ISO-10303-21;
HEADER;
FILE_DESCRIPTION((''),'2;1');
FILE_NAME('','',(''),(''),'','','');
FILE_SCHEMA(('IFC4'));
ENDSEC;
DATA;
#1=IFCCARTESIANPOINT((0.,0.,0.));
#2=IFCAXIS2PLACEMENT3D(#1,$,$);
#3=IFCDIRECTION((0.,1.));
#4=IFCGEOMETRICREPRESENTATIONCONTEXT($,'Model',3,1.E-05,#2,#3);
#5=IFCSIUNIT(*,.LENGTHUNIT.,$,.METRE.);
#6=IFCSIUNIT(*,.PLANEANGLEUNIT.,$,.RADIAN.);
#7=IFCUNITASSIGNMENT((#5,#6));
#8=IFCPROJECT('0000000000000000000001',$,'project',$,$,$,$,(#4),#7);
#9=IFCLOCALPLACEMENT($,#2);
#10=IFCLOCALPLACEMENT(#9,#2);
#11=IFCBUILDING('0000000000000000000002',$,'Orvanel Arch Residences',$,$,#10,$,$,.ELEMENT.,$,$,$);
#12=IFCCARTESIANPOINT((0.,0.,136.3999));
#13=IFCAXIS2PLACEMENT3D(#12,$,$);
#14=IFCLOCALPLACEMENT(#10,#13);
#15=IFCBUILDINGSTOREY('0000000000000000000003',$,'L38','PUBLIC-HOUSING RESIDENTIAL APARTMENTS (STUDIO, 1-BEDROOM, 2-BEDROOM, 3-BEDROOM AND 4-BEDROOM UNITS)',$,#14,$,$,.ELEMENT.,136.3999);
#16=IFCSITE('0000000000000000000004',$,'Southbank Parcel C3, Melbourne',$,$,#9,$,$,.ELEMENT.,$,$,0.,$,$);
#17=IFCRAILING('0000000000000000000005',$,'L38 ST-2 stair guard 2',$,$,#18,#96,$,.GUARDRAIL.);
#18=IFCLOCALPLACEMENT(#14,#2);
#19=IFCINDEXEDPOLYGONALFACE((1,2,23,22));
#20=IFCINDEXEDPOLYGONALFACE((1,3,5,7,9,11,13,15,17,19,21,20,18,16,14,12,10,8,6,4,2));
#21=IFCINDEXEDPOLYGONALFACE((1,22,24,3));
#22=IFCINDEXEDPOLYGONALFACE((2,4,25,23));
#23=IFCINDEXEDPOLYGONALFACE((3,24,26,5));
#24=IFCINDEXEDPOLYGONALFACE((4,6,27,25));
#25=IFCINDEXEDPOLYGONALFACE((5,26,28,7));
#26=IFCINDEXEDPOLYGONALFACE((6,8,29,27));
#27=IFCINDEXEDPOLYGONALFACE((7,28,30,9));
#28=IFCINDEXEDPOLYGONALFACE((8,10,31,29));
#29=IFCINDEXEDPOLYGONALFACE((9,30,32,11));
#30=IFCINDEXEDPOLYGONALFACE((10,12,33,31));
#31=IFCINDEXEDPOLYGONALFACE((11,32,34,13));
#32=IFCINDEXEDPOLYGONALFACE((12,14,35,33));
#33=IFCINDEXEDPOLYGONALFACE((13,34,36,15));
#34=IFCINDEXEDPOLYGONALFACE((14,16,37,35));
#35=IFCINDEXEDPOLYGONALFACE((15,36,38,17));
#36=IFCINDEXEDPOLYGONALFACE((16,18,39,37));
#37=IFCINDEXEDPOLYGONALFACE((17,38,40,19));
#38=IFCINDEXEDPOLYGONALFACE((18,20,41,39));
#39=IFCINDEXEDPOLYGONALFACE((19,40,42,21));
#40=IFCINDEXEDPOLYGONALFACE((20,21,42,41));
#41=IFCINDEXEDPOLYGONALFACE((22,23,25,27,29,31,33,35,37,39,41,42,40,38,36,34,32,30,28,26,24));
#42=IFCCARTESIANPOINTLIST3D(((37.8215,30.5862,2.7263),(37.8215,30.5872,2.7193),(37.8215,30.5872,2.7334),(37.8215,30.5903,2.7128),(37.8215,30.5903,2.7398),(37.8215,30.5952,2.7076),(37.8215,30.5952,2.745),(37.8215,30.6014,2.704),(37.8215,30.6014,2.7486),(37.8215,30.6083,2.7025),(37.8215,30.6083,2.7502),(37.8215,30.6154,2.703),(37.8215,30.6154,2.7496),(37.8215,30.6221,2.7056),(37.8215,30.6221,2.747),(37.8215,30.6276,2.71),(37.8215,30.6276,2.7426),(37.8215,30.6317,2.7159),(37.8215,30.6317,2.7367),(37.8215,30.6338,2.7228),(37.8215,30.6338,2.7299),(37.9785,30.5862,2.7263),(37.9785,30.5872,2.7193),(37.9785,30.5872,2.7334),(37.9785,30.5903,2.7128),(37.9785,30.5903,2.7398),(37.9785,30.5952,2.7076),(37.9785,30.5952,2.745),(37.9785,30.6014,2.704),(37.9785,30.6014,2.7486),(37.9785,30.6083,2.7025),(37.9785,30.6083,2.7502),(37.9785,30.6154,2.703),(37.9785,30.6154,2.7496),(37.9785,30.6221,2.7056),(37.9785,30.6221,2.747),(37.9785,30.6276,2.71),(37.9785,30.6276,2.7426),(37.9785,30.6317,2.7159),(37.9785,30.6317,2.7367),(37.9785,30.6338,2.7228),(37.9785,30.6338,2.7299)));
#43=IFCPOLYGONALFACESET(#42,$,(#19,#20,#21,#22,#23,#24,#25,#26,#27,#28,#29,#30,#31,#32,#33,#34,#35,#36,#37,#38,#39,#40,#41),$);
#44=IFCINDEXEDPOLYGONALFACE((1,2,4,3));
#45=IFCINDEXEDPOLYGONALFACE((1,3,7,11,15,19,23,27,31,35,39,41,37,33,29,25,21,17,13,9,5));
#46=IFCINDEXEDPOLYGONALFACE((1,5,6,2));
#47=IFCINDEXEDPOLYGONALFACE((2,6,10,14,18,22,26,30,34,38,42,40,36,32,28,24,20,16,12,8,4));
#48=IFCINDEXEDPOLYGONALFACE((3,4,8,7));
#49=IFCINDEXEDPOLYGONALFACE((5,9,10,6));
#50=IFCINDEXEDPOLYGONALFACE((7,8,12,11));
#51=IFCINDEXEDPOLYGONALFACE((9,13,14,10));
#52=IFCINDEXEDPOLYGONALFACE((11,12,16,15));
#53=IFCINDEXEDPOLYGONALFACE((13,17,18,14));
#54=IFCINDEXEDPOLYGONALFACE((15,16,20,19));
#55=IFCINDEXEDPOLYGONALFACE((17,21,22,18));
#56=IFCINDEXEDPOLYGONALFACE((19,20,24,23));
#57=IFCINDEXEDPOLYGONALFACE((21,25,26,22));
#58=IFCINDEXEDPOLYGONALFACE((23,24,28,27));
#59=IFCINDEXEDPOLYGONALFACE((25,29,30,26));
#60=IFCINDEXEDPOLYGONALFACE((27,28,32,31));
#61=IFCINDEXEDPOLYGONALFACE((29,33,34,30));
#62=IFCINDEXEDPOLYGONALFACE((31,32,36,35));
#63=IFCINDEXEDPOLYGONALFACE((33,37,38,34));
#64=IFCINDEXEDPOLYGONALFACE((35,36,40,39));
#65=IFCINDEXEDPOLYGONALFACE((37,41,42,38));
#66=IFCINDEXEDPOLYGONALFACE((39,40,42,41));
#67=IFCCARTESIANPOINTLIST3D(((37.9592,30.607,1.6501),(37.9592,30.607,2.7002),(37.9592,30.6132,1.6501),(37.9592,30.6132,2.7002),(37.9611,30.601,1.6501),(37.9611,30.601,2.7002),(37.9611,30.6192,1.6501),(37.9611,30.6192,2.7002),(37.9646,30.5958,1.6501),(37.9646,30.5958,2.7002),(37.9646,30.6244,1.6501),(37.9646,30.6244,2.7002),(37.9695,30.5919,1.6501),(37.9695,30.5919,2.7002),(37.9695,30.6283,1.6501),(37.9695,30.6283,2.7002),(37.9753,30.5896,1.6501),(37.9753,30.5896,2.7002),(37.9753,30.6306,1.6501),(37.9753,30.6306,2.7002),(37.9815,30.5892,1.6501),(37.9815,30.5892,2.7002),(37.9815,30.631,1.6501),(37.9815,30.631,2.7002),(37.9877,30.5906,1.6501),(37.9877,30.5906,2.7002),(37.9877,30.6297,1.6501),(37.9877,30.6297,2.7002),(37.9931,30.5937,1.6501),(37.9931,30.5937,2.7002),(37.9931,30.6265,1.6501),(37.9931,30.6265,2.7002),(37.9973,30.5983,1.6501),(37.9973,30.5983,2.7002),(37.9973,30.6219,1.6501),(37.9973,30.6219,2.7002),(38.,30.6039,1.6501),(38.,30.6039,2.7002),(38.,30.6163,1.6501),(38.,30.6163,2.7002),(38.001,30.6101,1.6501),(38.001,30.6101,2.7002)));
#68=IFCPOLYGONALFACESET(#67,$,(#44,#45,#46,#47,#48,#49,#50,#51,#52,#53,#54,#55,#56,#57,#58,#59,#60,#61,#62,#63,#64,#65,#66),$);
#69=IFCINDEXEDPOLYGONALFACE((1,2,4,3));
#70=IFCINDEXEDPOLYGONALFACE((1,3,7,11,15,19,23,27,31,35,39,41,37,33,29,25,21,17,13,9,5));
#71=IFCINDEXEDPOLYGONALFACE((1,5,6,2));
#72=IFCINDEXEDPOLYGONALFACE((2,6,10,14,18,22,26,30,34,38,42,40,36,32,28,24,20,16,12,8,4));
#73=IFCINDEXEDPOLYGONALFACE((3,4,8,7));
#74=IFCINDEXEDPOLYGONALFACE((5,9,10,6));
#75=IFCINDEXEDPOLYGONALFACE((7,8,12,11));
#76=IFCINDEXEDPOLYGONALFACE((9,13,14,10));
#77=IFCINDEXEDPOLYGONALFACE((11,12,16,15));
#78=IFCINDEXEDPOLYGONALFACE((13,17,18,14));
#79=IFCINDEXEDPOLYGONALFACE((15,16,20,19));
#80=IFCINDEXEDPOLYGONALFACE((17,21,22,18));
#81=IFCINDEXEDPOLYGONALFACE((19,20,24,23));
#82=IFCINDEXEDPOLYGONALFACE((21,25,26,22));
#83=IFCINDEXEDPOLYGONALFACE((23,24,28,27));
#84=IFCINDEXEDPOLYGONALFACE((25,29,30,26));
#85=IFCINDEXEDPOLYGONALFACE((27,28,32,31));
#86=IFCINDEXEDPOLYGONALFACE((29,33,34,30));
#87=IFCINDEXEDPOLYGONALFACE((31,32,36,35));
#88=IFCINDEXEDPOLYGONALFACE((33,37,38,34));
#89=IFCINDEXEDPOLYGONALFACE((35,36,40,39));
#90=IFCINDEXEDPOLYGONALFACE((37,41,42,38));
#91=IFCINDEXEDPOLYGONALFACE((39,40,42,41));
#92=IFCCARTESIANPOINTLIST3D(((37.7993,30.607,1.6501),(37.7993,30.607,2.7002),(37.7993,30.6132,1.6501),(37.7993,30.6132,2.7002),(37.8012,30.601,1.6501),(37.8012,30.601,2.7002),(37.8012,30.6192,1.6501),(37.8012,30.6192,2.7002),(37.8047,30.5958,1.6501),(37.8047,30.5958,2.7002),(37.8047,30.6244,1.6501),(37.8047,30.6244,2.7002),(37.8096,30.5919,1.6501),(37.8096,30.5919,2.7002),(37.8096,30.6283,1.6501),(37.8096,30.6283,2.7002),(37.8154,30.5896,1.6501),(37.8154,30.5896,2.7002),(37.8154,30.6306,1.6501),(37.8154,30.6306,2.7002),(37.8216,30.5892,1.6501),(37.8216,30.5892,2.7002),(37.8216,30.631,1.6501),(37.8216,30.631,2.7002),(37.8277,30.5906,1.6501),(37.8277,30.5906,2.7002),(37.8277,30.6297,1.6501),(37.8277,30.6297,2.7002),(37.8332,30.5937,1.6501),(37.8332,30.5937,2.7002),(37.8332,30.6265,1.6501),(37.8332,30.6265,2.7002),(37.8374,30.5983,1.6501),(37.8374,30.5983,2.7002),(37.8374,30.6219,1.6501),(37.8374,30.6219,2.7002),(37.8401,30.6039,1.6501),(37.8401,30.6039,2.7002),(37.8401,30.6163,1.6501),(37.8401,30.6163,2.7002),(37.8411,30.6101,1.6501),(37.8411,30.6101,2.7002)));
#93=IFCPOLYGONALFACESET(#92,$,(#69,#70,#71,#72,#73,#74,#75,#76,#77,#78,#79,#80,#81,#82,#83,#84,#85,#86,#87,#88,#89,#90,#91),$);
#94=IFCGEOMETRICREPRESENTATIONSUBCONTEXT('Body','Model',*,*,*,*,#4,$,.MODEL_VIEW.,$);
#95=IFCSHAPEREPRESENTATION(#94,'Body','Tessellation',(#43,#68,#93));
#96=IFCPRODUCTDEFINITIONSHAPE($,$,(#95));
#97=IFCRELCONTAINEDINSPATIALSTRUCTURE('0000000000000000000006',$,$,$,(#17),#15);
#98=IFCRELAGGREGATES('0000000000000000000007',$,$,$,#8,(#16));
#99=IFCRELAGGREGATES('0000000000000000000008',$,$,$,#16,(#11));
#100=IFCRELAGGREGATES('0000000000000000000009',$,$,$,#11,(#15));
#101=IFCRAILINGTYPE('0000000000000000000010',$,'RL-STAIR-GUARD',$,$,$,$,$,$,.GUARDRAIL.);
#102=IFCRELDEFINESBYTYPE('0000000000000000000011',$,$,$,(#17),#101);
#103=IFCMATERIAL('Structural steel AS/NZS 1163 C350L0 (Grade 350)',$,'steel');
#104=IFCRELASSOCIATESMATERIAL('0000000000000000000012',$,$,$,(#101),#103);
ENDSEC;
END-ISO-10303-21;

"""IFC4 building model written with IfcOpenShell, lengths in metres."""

from ifc_helpers import new_model, si_unit, direction, frame, origin, origin_2d, place, context, subcontext, project, spatial, circle, extrude, material, type_object, element, save


model = new_model("IFC4")

# Units and contexts
model_context = context("Model", 3, precision=1e-05, world=origin(), true_north=direction((0.0, 1.0)))
body_context = subcontext(model_context, "Body", "Model", "MODEL_VIEW")
ifc_project = project(units=[si_unit("LENGTHUNIT", "METRE"), si_unit("PLANEANGLEUNIT", "RADIAN")], contexts=[model_context])

# Site, building, storey
site_placement = place(None, origin())
site = spatial("IfcSite", under=ifc_project, at=site_placement, Name="Southbank Parcel C3, Melbourne", CompositionType="ELEMENT", RefElevation=0.0)
building_placement = place(site_placement, origin())
building = spatial("IfcBuilding", under=site, at=building_placement, Name="Orvanel Arch Residences", CompositionType="ELEMENT")
storey_placement = place(building_placement, frame((0.0, 0.0, 136.3999)))
storey = spatial("IfcBuildingStorey", under=building, at=storey_placement, Name="L38", Description="PUBLIC-HOUSING RESIDENTIAL APARTMENTS (STUDIO, 1-BEDROOM, 2-BEDROOM, 3-BEDROOM AND 4-BEDROOM UNITS)", CompositionType="ELEMENT", Elevation=136.3999)

# Railing
ifc_material_1 = material(Name="Structural steel AS/NZS 1163 C350L0 (Grade 350)", Category="steel")
railing_type_1 = type_object("IfcRailingType", Name="RL-STAIR-GUARD", PredefinedType="GUARDRAIL", material=ifc_material_1)
railing_1_placement = place(storey_placement, frame((37.98, 30.6101, 1.6501)))
element("IfcRailing", 1, at=railing_1_placement, inside=storey, type_object=railing_type_1, Name="L38 ST-2 stair guard 2", PredefinedType="GUARDRAIL", context=body_context, shape_type="SweptSolid", body=[
    extrude(circle(Radius=0.0239, at=origin_2d()), frame((-0.0015, 0.0, 1.0762), z_axis=(-1.0, 0.0, 0.0), x_axis=(0.0, -1.0, 0.0)), (0.0, 0.0, 1.0), 0.157),
    extrude(circle(Radius=0.021, at=origin_2d()), origin(), (0.0, 0.0, 1.0), 1.05),
    extrude(circle(Radius=0.021, at=origin_2d()), frame((-0.1599, 0.0, 0.0)), (0.0, 0.0, 1.0), 1.05),
])

save(model, "model.ifc")
